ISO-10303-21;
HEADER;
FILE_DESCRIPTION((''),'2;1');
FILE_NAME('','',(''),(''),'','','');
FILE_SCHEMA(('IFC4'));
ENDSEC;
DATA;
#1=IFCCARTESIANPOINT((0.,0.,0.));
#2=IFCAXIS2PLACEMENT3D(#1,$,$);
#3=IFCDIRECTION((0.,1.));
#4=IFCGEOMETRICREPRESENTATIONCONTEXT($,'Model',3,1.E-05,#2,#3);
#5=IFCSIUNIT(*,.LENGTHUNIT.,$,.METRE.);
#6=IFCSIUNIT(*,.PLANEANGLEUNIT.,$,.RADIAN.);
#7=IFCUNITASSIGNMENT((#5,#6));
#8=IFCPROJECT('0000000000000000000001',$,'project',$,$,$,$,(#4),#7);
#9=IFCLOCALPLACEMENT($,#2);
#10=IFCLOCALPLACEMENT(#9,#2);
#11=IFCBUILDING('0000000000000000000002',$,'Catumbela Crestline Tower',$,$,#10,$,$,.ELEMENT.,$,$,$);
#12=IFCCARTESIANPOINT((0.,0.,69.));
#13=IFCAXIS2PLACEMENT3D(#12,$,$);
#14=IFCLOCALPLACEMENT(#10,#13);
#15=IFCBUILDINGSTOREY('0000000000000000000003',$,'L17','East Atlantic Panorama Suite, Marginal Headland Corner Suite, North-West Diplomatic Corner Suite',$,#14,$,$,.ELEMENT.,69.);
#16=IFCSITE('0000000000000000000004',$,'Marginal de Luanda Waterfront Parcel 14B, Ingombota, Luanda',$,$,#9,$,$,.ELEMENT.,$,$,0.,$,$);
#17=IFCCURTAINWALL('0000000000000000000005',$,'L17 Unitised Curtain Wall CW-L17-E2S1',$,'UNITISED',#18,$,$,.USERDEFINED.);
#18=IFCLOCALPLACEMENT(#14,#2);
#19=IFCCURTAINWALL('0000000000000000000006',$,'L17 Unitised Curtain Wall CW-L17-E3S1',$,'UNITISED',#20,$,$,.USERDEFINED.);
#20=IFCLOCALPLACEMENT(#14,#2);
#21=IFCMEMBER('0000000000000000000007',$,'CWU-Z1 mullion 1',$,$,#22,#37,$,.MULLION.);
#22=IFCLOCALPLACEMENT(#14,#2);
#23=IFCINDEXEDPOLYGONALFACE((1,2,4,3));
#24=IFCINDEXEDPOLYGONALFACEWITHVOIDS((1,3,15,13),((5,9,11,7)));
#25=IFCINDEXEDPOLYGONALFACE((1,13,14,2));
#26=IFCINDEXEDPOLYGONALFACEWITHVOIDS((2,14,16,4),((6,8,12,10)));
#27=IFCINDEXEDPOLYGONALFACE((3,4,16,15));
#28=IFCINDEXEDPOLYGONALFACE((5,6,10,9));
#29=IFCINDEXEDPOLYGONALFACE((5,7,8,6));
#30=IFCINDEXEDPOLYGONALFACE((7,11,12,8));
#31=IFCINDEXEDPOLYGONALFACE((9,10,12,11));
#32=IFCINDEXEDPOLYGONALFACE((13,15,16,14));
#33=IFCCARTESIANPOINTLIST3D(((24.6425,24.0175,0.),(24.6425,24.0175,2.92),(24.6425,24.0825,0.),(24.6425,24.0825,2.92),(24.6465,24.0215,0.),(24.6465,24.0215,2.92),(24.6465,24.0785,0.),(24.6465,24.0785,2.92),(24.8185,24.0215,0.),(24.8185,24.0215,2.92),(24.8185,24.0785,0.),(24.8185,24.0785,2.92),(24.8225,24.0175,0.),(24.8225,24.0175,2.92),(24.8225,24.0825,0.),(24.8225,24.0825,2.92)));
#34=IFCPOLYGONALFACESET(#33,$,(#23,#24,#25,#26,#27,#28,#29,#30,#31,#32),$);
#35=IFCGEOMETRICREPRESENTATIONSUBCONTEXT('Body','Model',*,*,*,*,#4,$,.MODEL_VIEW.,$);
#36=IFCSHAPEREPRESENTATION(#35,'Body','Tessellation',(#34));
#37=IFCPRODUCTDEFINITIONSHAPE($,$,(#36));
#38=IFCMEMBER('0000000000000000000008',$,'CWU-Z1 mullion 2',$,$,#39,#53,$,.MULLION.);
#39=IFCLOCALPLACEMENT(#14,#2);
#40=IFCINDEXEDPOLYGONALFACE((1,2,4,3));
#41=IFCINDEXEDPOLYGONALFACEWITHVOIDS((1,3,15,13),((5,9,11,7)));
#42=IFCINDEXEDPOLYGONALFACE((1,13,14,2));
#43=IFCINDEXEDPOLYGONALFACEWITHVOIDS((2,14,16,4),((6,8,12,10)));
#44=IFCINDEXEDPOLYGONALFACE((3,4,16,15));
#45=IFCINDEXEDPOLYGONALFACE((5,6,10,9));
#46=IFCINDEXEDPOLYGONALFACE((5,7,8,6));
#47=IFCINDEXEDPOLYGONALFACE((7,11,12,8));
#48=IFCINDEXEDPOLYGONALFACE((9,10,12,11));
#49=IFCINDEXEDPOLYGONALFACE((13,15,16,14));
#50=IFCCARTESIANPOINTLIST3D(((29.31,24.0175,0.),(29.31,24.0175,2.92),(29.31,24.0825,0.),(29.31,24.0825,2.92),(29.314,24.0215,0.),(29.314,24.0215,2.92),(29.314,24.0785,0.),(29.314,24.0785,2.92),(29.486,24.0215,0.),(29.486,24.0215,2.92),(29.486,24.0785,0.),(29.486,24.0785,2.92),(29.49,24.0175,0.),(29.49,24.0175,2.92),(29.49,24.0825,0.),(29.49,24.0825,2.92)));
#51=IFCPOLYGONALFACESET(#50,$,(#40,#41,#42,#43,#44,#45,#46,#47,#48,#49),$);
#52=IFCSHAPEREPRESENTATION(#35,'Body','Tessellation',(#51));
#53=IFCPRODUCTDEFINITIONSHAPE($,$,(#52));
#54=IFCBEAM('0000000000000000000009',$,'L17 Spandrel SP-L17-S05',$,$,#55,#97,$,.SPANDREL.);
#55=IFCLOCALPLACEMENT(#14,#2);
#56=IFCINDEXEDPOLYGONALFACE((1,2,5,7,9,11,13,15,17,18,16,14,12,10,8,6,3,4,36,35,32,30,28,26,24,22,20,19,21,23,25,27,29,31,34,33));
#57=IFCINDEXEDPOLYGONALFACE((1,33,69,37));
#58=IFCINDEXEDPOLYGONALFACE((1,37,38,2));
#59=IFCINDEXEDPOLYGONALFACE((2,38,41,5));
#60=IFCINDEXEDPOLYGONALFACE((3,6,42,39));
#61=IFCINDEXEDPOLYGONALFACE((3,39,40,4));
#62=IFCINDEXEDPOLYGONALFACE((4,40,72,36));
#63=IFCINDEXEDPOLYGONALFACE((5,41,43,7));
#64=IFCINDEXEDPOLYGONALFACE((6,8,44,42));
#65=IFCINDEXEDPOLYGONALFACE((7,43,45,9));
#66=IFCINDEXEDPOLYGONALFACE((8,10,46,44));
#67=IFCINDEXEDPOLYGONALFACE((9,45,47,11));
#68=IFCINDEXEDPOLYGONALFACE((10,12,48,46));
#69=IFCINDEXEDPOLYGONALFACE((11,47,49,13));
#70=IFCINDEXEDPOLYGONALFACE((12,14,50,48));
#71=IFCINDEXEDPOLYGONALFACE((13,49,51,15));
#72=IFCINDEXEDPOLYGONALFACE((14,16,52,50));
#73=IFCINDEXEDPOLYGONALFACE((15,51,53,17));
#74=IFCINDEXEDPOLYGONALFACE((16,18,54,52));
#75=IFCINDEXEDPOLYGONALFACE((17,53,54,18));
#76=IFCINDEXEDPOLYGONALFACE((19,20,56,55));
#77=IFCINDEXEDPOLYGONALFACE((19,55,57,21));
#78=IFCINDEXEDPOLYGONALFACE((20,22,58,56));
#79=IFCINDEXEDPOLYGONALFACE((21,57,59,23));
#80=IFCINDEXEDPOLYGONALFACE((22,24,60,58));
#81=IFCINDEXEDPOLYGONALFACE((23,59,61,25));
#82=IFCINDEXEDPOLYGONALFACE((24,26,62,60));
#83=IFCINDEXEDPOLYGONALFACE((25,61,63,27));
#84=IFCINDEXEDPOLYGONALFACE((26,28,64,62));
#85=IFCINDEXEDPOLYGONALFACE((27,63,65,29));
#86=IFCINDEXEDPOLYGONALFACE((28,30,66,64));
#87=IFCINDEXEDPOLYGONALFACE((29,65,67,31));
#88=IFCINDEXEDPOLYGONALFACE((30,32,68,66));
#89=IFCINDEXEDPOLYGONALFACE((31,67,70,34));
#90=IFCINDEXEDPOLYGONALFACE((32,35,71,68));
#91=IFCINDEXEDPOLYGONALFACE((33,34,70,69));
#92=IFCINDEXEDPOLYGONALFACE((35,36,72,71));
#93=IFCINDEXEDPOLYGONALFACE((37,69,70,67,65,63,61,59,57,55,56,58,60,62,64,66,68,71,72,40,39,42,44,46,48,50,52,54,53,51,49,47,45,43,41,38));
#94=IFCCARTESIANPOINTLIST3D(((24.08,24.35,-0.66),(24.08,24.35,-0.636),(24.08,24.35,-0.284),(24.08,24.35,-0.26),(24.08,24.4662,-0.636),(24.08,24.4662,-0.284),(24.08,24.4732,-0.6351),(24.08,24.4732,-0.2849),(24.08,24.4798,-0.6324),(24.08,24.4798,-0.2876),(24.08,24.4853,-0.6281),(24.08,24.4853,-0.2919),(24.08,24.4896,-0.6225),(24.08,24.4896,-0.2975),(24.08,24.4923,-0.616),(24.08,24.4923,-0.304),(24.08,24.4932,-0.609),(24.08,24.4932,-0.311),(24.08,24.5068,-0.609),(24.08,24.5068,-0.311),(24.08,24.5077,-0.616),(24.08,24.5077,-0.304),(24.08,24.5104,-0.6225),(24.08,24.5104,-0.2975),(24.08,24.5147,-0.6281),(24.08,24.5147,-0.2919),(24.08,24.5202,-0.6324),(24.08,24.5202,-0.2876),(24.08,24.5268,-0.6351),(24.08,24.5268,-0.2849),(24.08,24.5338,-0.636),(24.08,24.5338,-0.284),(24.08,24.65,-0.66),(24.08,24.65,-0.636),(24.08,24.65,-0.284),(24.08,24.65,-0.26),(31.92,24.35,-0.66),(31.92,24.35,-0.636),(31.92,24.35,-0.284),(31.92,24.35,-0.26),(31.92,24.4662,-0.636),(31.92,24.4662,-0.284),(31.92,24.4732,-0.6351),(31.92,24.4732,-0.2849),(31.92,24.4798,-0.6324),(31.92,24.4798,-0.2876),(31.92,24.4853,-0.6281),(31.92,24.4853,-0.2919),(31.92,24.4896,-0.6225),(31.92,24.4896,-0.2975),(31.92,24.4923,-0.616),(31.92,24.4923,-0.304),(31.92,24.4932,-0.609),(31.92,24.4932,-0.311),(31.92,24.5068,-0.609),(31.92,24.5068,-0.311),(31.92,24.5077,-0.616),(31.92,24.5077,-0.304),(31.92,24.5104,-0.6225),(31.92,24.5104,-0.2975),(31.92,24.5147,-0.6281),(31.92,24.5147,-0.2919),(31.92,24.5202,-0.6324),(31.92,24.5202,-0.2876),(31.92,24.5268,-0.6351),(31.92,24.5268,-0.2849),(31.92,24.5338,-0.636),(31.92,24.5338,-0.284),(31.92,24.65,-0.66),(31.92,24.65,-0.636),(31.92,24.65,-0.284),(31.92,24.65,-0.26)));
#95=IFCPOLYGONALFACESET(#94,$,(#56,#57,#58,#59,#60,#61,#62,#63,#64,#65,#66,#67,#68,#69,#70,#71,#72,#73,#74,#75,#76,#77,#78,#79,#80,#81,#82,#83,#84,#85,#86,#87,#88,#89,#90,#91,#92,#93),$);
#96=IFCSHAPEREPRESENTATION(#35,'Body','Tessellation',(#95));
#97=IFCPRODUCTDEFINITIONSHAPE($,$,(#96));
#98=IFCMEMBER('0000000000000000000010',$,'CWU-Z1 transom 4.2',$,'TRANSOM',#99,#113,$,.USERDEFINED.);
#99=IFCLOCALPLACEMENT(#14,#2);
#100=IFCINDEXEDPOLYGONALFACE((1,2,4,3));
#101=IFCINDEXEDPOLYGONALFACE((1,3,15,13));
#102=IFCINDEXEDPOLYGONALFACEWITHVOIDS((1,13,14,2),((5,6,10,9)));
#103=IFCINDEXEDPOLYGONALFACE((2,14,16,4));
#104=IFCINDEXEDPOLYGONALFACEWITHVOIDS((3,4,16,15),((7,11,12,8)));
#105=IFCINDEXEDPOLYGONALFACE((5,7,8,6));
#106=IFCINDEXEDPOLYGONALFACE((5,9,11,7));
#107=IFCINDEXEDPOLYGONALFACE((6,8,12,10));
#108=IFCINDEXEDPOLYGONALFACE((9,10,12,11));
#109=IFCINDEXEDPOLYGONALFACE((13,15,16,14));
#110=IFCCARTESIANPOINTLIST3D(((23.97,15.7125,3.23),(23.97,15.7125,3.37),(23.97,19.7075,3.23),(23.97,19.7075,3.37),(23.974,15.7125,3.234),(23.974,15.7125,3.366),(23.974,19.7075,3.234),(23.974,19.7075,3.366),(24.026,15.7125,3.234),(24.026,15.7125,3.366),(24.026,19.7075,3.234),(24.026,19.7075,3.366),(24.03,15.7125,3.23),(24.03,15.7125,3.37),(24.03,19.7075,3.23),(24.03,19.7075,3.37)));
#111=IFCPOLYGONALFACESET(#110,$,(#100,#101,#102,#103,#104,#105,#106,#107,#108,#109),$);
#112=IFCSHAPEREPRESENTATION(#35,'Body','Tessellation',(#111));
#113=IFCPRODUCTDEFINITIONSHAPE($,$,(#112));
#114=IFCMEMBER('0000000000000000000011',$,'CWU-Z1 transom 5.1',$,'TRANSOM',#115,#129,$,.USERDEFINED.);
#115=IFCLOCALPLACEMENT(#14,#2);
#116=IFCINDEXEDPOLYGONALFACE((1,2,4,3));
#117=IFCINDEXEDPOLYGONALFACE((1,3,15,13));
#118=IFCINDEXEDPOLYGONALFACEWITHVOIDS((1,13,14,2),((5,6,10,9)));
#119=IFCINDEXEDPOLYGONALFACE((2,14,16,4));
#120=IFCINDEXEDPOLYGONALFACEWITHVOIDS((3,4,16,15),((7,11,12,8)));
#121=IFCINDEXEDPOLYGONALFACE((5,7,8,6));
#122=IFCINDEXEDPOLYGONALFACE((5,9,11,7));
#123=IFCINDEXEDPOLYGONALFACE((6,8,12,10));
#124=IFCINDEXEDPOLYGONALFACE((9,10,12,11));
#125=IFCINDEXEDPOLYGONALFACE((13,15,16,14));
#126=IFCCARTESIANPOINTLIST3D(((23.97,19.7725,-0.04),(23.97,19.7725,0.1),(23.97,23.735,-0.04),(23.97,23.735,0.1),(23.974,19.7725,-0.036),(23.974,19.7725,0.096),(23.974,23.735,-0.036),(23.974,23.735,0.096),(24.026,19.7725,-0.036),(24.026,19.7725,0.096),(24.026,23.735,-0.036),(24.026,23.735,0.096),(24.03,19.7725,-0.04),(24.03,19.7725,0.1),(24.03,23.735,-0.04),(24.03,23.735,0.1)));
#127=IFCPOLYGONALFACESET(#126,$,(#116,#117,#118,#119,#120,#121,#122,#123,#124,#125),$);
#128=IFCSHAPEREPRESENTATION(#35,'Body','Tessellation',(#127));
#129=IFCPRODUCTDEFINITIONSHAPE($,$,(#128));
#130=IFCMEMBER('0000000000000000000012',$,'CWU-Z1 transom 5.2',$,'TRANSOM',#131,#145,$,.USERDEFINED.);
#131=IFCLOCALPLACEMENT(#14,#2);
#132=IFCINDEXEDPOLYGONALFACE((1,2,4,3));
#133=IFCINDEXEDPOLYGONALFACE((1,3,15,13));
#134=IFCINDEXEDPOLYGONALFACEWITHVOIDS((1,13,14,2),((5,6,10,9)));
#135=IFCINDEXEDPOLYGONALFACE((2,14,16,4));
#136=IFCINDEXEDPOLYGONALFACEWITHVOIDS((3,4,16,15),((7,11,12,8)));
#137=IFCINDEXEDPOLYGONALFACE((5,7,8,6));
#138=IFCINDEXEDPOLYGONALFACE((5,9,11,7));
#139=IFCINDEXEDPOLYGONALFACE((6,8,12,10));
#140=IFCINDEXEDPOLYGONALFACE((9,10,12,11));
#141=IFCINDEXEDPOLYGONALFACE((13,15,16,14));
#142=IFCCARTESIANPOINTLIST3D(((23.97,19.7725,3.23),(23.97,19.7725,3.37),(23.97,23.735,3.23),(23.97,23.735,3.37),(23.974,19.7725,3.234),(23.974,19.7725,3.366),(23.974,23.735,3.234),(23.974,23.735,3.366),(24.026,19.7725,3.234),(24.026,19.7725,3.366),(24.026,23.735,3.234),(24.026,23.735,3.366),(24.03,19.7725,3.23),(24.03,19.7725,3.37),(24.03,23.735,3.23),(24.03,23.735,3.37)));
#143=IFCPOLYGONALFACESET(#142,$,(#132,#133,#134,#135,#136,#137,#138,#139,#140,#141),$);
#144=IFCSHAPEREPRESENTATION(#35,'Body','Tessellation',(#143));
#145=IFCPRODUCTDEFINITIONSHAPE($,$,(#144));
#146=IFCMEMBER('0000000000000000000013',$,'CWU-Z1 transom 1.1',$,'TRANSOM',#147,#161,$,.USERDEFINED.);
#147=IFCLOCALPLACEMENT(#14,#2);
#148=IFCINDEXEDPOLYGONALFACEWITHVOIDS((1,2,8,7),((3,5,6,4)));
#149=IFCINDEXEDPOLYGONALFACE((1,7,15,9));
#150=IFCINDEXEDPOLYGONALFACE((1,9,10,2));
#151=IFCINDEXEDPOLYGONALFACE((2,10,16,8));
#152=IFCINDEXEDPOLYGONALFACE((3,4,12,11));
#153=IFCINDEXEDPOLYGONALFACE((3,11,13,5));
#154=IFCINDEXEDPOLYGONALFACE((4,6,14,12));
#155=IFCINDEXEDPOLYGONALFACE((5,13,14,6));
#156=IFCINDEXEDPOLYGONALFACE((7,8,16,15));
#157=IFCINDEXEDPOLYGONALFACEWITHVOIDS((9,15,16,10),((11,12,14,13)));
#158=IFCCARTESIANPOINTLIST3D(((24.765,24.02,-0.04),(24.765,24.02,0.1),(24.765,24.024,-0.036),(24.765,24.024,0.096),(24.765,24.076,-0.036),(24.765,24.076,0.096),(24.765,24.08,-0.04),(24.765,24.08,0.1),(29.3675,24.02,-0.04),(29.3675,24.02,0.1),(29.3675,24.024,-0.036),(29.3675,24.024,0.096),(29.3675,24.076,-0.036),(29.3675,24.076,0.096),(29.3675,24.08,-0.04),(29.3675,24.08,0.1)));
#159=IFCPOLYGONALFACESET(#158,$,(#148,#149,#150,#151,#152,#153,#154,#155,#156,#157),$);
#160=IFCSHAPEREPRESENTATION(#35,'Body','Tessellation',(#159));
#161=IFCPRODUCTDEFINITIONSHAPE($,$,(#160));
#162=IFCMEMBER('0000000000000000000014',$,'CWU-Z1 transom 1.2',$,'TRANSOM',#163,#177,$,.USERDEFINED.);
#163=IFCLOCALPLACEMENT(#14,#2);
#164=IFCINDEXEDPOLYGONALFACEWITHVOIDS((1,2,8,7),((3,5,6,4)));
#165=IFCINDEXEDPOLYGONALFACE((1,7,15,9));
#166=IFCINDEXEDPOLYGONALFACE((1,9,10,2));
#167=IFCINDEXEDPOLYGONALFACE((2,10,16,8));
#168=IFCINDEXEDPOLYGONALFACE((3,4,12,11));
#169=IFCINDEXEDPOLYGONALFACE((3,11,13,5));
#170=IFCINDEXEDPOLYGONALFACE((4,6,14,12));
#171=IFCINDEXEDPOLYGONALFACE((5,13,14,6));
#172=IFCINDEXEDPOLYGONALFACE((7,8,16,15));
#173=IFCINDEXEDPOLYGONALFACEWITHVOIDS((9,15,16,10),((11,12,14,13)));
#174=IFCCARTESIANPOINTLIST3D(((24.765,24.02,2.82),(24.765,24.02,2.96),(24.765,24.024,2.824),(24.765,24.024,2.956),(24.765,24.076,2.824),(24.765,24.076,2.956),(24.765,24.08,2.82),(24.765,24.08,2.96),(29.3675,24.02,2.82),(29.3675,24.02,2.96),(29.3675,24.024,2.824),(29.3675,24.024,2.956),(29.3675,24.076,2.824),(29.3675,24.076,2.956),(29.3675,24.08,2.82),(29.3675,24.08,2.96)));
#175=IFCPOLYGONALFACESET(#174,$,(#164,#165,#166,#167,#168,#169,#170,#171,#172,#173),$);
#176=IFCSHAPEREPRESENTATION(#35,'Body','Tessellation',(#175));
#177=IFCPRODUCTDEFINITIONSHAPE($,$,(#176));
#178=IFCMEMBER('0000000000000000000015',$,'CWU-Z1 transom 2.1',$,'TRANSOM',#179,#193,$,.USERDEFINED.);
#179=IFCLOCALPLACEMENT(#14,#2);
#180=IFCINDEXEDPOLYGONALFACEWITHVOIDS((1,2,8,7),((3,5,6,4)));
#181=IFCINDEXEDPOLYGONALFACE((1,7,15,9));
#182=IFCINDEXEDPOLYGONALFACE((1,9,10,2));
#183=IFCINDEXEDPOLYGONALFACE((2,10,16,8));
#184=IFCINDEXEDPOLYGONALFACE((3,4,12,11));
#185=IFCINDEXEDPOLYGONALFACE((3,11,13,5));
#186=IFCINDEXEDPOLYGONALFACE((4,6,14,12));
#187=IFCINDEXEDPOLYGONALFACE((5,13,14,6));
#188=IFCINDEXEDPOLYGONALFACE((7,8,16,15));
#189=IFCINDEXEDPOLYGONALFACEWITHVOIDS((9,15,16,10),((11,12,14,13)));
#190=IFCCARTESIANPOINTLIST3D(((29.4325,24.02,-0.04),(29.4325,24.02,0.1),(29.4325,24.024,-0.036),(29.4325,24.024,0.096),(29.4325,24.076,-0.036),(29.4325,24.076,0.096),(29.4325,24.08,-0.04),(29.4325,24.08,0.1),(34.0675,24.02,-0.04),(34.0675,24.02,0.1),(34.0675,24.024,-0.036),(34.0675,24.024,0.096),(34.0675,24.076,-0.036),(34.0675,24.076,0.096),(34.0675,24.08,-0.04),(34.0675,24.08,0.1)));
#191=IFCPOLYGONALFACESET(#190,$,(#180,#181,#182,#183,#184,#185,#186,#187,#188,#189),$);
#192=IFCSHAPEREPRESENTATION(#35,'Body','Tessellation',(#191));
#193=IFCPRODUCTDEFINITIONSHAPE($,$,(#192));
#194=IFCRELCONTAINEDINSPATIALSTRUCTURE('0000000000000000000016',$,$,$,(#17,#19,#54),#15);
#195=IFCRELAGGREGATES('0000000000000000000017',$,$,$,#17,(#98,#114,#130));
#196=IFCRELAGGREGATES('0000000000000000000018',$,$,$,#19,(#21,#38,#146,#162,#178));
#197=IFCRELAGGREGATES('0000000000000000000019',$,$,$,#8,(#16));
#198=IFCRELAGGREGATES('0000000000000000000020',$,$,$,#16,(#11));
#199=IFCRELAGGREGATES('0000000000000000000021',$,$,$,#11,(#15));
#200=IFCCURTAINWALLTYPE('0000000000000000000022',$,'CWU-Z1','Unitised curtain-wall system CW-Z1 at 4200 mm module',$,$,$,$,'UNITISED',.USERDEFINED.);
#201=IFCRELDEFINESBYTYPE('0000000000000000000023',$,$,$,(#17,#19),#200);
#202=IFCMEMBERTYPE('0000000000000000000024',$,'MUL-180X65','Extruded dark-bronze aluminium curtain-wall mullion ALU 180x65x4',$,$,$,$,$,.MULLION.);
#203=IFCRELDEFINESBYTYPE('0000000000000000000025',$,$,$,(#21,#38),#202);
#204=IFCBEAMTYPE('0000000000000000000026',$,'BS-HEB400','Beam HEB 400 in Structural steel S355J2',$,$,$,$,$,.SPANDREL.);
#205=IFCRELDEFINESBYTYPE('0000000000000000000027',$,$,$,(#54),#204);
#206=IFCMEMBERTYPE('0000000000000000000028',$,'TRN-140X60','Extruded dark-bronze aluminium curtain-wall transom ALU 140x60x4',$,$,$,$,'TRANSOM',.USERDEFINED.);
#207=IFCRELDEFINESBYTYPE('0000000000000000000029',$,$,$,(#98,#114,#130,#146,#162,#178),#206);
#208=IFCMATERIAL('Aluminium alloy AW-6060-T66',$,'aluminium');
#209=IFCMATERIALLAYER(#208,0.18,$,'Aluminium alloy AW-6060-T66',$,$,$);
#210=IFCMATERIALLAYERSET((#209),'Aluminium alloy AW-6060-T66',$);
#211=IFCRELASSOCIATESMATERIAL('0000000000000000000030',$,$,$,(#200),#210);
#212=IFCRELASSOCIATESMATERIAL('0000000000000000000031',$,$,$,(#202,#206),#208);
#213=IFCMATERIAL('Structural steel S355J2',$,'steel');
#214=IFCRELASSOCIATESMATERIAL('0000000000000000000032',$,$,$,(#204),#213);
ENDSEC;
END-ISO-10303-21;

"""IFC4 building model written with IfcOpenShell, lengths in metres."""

from ifc_helpers import new_model, si_unit, direction, frame, origin, origin_2d, place, context, subcontext, project, spatial, hollow_rectangle, i_section, extrude, material, layer, layer_set, material_profile, profile_set, type_object, element, aggregate, save


model = new_model("IFC4")

# Units and contexts
model_context = context("Model", 3, precision=1e-05, world=origin(), true_north=direction((0.0, 1.0)))
body_context = subcontext(model_context, "Body", "Model", "MODEL_VIEW")
ifc_project = project(units=[si_unit("LENGTHUNIT", "METRE"), si_unit("PLANEANGLEUNIT", "RADIAN")], contexts=[model_context])

# Site, building, storey
site_placement = place(None, origin())
site = spatial("IfcSite", under=ifc_project, at=site_placement, Name="Marginal de Luanda Waterfront Parcel 14B, Ingombota, Luanda", CompositionType="ELEMENT", RefElevation=0.0)
building_placement = place(site_placement, origin())
building = spatial("IfcBuilding", under=site, at=building_placement, Name="Catumbela Crestline Tower", CompositionType="ELEMENT")
storey_placement = place(building_placement, frame((0.0, 0.0, 69.0)))
storey = spatial("IfcBuildingStorey", under=building, at=storey_placement, Name="L17", Description="East Atlantic Panorama Suite, Marginal Headland Corner Suite, North-West Diplomatic Corner Suite", CompositionType="ELEMENT", Elevation=69.0)

# Shared definitions
ifc_material_1 = material(Name="Structural steel S355J2", Category="steel")

# Curtain walls, members
ifc_material_2 = material(Name="Aluminium alloy AW-6060-T66", Category="aluminium")
ifc_layer_1 = layer(ifc_material_2, 0.18, Name="Aluminium alloy AW-6060-T66")
ifc_layer_set_1 = layer_set([ifc_layer_1], Name="Aluminium alloy AW-6060-T66")
curtain_wall_type = type_object("IfcCurtainWallType", Name="CWU-Z1", Description="Unitised curtain-wall system CW-Z1 at 4200 mm module", ElementType="UNITISED", PredefinedType="USERDEFINED", material=ifc_layer_set_1)
curtain_wall_1_placement = place(storey_placement, origin())
curtain_wall_1 = element("IfcCurtainWall", 1, at=curtain_wall_1_placement, inside=storey, type_object=curtain_wall_type, Name="L17 Unitised Curtain Wall CW-L17-E2S1", ObjectType="UNITISED", PredefinedType="USERDEFINED")
ifc_material_profile_1 = material_profile(ifc_material_2, hollow_rectangle(XDim=0.065, YDim=0.18, WallThickness=0.004, at=origin_2d()), Name="ALU 180x65x4")
ifc_profile_set_1 = profile_set([ifc_material_profile_1], Name="Aluminium alloy AW-6060-T66")
member_type_1 = type_object("IfcMemberType", Name="MUL-180X65", Description="Extruded dark-bronze aluminium curtain-wall mullion ALU 180x65x4", PredefinedType="MULLION", material=ifc_profile_set_1)
curtain_wall_2_placement = place(storey_placement, origin())
curtain_wall_2 = element("IfcCurtainWall", 2, at=curtain_wall_2_placement, inside=storey, type_object=curtain_wall_type, Name="L17 Unitised Curtain Wall CW-L17-E3S1", ObjectType="UNITISED", PredefinedType="USERDEFINED")
member_1_placement = place(storey_placement, frame((24.7325, 24.05, 0.0), z_axis=(0.0, 0.0, 1.0), x_axis=(0.0, 1.0, 0.0)))
member_1 = element("IfcMember", 3, at=member_1_placement, type_object=member_type_1, Name="CWU-Z1 mullion 1", PredefinedType="MULLION", context=body_context, shape_type="SweptSolid", body=[
    extrude(hollow_rectangle(XDim=0.065, YDim=0.18, WallThickness=0.004, at=origin_2d()), origin(), (0.0, 0.0, 1.0), 2.92),
])
member_2_placement = place(storey_placement, frame((29.4, 24.05, 0.0), z_axis=(0.0, 0.0, 1.0), x_axis=(0.0, 1.0, 0.0)))
member_2 = element("IfcMember", 4, at=member_2_placement, type_object=member_type_1, Name="CWU-Z1 mullion 2", PredefinedType="MULLION", context=body_context, shape_type="SweptSolid", body=[
    extrude(hollow_rectangle(XDim=0.065, YDim=0.18, WallThickness=0.004, at=origin_2d()), origin(), (0.0, 0.0, 1.0), 2.92),
])

# Beam
ifc_material_profile_2 = material_profile(ifc_material_1, i_section(OverallWidth=0.3, OverallDepth=0.4, WebThickness=0.0135, FlangeThickness=0.024, FilletRadius=0.027, at=origin_2d()), Name="HEB 400")
ifc_profile_set_2 = profile_set([ifc_material_profile_2], Name="Structural steel S355J2")
beam_type_1 = type_object("IfcBeamType", Name="BS-HEB400", Description="Beam HEB 400 in Structural steel S355J2", PredefinedType="SPANDREL", material=ifc_profile_set_2)
beam_placement = place(storey_placement, frame((24.08, 24.5, -0.46), z_axis=(1.0, 0.0, 0.0), x_axis=(0.0, 1.0, 0.0)))
element("IfcBeam", 5, at=beam_placement, inside=storey, type_object=beam_type_1, Name="L17 Spandrel SP-L17-S05", PredefinedType="SPANDREL", context=body_context, shape_type="SweptSolid", body=[
    extrude(i_section(OverallWidth=0.3, OverallDepth=0.4, WebThickness=0.0135, FlangeThickness=0.024, FilletRadius=0.027, at=origin_2d()), origin(), (0.0, 0.0, 1.0), 7.84),
])

# Members
ifc_material_profile_3 = material_profile(ifc_material_2, hollow_rectangle(XDim=0.06, YDim=0.14, WallThickness=0.004, at=origin_2d()), Name="ALU 140x60x4")
ifc_profile_set_3 = profile_set([ifc_material_profile_3], Name="Aluminium alloy AW-6060-T66")
member_type_2 = type_object("IfcMemberType", Name="TRN-140X60", Description="Extruded dark-bronze aluminium curtain-wall transom ALU 140x60x4", ElementType="TRANSOM", PredefinedType="USERDEFINED", material=ifc_profile_set_3)
member_3_placement = place(storey_placement, frame((24.0, 15.7125, 3.3), z_axis=(0.0, 1.0, 0.0), x_axis=(-1.0, 0.0, 0.0)))
member_3 = element("IfcMember", 6, at=member_3_placement, type_object=member_type_2, Name="CWU-Z1 transom 4.2", ObjectType="TRANSOM", PredefinedType="USERDEFINED", context=body_context, shape_type="SweptSolid", body=[
    extrude(hollow_rectangle(XDim=0.06, YDim=0.14, WallThickness=0.004, at=origin_2d()), origin(), (0.0, 0.0, 1.0), 3.995),
])
member_4_placement = place(storey_placement, frame((24.0, 19.7725, 0.03), z_axis=(0.0, 1.0, 0.0), x_axis=(-1.0, 0.0, 0.0)))
member_4 = element("IfcMember", 7, at=member_4_placement, type_object=member_type_2, Name="CWU-Z1 transom 5.1", ObjectType="TRANSOM", PredefinedType="USERDEFINED", context=body_context, shape_type="SweptSolid", body=[
    extrude(hollow_rectangle(XDim=0.06, YDim=0.14, WallThickness=0.004, at=origin_2d()), origin(), (0.0, 0.0, 1.0), 3.9625),
])
member_5_placement = place(storey_placement, frame((24.0, 19.7725, 3.3), z_axis=(0.0, 1.0, 0.0), x_axis=(-1.0, 0.0, 0.0)))
member_5 = element("IfcMember", 8, at=member_5_placement, type_object=member_type_2, Name="CWU-Z1 transom 5.2", ObjectType="TRANSOM", PredefinedType="USERDEFINED", context=body_context, shape_type="SweptSolid", body=[
    extrude(hollow_rectangle(XDim=0.06, YDim=0.14, WallThickness=0.004, at=origin_2d()), origin(), (0.0, 0.0, 1.0), 3.9625),
])
member_6_placement = place(storey_placement, frame((24.765, 24.05, 0.03), z_axis=(1.0, 0.0, 0.0), x_axis=(0.0, 1.0, 0.0)))
member_6 = element("IfcMember", 9, at=member_6_placement, type_object=member_type_2, Name="CWU-Z1 transom 1.1", ObjectType="TRANSOM", PredefinedType="USERDEFINED", context=body_context, shape_type="SweptSolid", body=[
    extrude(hollow_rectangle(XDim=0.06, YDim=0.14, WallThickness=0.004, at=origin_2d()), origin(), (0.0, 0.0, 1.0), 4.6025),
])
member_7_placement = place(storey_placement, frame((24.765, 24.05, 2.89), z_axis=(1.0, 0.0, 0.0), x_axis=(0.0, 1.0, 0.0)))
member_7 = element("IfcMember", 10, at=member_7_placement, type_object=member_type_2, Name="CWU-Z1 transom 1.2", ObjectType="TRANSOM", PredefinedType="USERDEFINED", context=body_context, shape_type="SweptSolid", body=[
    extrude(hollow_rectangle(XDim=0.06, YDim=0.14, WallThickness=0.004, at=origin_2d()), origin(), (0.0, 0.0, 1.0), 4.6025),
])
member_8_placement = place(storey_placement, frame((29.4325, 24.05, 0.03), z_axis=(1.0, 0.0, 0.0), x_axis=(0.0, 1.0, 0.0)))
member_8 = element("IfcMember", 11, at=member_8_placement, type_object=member_type_2, Name="CWU-Z1 transom 2.1", ObjectType="TRANSOM", PredefinedType="USERDEFINED", context=body_context, shape_type="SweptSolid", body=[
    extrude(hollow_rectangle(XDim=0.06, YDim=0.14, WallThickness=0.004, at=origin_2d()), origin(), (0.0, 0.0, 1.0), 4.635),
])

aggregate(curtain_wall_1, [member_3, member_4, member_5])
aggregate(curtain_wall_2, [member_1, member_2, member_6, member_7, member_8])

save(model, "model.ifc")
